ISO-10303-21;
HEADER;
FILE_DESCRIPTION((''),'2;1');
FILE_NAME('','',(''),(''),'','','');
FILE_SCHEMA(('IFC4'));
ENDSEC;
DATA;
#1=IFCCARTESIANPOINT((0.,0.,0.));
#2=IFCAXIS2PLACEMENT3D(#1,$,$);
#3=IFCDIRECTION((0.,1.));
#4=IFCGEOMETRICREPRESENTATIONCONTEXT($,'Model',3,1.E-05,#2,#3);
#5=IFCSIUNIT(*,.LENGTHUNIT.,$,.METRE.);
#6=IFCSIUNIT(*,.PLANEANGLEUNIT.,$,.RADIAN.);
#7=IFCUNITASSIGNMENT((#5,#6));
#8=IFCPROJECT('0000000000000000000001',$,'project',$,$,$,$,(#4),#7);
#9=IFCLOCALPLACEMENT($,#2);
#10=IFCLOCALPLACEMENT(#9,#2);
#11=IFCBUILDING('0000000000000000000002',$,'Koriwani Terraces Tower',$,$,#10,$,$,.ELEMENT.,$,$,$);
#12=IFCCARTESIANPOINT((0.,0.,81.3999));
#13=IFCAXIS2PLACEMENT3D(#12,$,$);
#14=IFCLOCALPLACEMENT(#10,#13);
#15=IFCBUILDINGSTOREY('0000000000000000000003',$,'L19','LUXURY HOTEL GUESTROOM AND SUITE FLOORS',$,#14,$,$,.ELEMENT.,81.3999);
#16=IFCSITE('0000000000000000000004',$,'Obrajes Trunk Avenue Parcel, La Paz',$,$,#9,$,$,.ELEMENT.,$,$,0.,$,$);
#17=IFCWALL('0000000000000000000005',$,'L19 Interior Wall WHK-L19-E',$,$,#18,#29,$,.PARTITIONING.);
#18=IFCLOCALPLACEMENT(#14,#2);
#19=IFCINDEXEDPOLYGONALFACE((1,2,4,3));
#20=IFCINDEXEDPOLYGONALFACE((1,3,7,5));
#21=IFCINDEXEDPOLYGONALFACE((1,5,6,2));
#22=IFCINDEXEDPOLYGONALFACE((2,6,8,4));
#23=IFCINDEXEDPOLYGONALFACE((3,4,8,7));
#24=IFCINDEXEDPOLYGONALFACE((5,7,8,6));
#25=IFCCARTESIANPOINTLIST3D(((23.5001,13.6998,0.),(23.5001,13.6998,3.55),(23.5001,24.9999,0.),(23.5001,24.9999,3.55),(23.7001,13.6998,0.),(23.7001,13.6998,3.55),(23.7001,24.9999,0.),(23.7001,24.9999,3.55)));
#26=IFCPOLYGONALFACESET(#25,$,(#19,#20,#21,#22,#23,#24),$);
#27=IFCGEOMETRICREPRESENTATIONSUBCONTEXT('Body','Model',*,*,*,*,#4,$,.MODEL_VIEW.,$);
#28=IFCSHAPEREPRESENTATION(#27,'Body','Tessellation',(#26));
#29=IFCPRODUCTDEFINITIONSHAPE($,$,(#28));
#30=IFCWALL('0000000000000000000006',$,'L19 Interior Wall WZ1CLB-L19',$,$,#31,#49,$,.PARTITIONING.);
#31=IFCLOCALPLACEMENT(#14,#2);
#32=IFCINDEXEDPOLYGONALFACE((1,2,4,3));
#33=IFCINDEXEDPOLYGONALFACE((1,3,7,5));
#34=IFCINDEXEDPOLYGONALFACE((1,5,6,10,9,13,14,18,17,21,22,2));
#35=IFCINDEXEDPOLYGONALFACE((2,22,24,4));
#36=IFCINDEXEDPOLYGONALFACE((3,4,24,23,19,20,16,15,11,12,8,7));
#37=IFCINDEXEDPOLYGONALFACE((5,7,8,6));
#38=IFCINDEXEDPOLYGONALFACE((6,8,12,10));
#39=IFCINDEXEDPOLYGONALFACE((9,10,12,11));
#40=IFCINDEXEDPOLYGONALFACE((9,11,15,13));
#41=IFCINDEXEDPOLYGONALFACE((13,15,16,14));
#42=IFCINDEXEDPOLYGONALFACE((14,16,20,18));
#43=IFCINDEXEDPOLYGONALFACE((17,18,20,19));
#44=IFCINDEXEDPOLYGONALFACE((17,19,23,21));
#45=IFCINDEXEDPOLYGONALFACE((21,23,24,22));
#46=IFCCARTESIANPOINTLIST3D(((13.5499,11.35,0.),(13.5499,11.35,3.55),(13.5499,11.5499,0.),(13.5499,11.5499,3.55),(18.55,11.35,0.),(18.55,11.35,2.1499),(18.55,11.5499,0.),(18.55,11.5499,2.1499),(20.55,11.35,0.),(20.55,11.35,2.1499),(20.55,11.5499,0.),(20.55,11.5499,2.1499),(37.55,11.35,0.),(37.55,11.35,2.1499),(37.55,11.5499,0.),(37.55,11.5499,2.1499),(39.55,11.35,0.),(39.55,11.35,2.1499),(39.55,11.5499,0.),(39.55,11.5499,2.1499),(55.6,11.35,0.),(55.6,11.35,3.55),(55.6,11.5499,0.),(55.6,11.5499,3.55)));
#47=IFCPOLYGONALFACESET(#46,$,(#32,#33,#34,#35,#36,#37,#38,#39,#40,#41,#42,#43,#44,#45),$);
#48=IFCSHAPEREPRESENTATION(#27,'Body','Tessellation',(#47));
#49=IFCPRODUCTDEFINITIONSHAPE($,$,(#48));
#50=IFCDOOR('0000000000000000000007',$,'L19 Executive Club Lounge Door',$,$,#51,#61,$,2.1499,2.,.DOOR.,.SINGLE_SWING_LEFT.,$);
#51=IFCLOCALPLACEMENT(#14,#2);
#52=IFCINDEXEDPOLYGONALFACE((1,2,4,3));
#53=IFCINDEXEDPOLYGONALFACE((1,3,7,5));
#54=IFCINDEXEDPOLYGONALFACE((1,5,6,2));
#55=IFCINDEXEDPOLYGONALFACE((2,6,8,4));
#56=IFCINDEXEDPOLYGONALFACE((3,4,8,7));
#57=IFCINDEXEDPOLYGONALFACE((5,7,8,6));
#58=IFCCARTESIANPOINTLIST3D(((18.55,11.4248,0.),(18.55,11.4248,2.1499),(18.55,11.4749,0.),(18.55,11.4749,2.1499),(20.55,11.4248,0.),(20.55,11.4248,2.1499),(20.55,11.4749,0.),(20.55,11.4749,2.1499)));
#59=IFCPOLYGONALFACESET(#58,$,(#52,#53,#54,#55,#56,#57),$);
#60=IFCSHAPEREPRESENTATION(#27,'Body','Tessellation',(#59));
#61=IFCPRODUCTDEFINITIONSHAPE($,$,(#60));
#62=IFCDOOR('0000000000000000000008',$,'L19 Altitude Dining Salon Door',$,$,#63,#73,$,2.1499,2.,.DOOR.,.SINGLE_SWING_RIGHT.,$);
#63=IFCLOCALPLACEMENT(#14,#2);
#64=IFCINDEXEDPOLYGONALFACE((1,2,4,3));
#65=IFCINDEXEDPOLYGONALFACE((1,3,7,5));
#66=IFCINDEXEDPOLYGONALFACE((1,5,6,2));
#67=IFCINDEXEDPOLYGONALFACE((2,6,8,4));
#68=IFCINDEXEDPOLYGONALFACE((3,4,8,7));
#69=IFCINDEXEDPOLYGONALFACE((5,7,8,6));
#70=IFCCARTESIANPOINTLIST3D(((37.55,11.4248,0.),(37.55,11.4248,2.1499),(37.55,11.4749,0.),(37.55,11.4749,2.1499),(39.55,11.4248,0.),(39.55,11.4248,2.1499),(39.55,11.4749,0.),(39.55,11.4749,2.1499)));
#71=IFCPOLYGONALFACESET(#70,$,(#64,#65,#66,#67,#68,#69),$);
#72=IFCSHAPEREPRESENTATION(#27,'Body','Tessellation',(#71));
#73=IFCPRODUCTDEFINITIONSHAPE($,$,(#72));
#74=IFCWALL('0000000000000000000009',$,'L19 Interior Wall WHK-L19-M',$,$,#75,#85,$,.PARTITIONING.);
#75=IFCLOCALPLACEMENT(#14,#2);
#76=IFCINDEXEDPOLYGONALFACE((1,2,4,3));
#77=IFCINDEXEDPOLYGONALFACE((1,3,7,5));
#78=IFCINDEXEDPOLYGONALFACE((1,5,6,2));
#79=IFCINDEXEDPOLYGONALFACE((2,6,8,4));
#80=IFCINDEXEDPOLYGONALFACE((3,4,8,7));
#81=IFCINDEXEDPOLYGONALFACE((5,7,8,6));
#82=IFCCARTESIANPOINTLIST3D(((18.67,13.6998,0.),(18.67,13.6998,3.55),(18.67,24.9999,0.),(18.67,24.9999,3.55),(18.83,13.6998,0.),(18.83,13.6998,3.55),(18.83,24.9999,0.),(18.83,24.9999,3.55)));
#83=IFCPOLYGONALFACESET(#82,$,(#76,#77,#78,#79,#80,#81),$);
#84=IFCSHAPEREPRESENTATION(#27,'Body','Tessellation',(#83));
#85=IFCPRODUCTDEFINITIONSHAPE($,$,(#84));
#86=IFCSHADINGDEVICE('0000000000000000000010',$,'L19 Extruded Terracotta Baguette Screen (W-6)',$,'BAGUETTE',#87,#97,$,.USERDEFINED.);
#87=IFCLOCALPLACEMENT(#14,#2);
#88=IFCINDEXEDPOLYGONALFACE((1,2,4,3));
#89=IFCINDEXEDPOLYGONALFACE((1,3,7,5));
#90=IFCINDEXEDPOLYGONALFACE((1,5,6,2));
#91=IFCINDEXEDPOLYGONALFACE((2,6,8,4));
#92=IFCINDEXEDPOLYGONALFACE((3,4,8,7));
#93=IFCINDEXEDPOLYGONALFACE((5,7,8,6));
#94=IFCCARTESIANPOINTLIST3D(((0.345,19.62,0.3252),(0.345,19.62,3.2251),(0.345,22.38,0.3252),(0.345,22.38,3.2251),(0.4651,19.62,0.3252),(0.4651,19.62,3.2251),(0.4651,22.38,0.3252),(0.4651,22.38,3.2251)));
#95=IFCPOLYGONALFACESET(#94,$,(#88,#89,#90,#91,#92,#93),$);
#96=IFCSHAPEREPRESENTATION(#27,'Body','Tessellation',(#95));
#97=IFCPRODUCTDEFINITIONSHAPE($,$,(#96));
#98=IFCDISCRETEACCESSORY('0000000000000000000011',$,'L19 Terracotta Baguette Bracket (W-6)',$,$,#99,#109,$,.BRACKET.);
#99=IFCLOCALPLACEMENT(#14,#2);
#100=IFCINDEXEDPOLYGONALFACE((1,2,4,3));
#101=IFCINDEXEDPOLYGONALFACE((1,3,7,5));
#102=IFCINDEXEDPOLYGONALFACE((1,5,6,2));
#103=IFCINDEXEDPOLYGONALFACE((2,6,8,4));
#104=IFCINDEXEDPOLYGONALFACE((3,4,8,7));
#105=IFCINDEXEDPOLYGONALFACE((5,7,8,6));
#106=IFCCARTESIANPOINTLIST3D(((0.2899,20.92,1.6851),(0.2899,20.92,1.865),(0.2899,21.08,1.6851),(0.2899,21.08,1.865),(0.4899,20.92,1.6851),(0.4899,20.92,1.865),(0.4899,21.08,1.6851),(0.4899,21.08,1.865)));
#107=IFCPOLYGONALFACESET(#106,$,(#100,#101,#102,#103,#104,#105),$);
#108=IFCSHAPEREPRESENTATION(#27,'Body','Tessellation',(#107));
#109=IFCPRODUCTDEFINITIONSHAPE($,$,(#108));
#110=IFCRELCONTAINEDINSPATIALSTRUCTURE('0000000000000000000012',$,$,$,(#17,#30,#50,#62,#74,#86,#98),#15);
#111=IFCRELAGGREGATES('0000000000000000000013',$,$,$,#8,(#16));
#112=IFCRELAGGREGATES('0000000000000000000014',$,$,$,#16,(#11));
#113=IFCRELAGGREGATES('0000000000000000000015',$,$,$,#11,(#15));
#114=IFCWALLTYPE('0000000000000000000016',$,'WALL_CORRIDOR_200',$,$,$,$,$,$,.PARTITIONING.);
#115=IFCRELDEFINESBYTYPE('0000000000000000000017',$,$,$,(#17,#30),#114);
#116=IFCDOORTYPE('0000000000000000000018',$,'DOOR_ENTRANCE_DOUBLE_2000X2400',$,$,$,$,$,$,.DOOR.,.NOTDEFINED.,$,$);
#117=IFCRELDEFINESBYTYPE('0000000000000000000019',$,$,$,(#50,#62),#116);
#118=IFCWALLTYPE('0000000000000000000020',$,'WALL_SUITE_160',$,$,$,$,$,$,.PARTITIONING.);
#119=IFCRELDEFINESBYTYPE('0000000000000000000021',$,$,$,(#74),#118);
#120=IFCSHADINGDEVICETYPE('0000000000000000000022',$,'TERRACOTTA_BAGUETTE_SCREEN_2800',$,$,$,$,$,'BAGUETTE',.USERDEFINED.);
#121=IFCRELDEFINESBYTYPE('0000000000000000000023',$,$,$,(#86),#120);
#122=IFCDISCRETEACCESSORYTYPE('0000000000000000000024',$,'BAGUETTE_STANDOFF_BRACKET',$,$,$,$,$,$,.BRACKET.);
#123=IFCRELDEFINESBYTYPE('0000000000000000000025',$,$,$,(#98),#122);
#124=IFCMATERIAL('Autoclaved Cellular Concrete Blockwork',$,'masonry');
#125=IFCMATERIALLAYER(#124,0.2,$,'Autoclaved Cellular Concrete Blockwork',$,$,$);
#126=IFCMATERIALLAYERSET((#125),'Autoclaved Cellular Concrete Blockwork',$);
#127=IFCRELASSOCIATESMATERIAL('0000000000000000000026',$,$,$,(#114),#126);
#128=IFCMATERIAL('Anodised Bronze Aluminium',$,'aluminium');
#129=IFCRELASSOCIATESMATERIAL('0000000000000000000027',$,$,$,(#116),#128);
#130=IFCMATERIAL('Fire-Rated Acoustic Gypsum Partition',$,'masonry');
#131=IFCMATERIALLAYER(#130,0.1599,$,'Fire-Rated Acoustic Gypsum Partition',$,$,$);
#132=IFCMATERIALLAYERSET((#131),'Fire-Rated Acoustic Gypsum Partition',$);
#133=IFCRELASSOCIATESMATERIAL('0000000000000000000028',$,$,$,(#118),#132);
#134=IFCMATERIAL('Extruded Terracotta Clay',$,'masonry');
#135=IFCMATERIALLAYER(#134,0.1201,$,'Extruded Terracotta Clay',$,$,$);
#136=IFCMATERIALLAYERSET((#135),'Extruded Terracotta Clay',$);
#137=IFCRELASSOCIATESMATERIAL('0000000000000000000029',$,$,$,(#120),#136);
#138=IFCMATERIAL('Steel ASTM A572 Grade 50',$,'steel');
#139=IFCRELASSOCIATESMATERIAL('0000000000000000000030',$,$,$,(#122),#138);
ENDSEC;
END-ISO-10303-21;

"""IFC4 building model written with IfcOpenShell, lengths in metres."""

from ifc_helpers import new_model, si_unit, direction, frame, frame_2d, origin, origin_2d, place, context, subcontext, project, spatial, rectangle, extrude, material, layer, layer_set, type_object, element, fill, save


model = new_model("IFC4")

# Units and contexts
model_context = context("Model", 3, precision=1e-05, world=origin(), true_north=direction((0.0, 1.0)))
body_context = subcontext(model_context, "Body", "Model", "MODEL_VIEW")
ifc_project = project(units=[si_unit("LENGTHUNIT", "METRE"), si_unit("PLANEANGLEUNIT", "RADIAN")], contexts=[model_context])

# Site, building, storey
site_placement = place(None, origin())
site = spatial("IfcSite", under=ifc_project, at=site_placement, Name="Obrajes Trunk Avenue Parcel, La Paz", CompositionType="ELEMENT", RefElevation=0.0)
building_placement = place(site_placement, origin())
building = spatial("IfcBuilding", under=site, at=building_placement, Name="Koriwani Terraces Tower", CompositionType="ELEMENT")
storey_placement = place(building_placement, frame((0.0, 0.0, 81.3999)))
storey = spatial("IfcBuildingStorey", under=building, at=storey_placement, Name="L19", Description="LUXURY HOTEL GUESTROOM AND SUITE FLOORS", CompositionType="ELEMENT", Elevation=81.3999)

# Shared definitions
ifc_material_1 = material(Name="Steel ASTM A572 Grade 50", Category="steel")

# Shared definitions
ifc_material_2 = material(Name="Autoclaved Cellular Concrete Blockwork", Category="masonry")
ifc_layer_1 = layer(ifc_material_2, 0.2, Name="Autoclaved Cellular Concrete Blockwork")
ifc_layer_set_1 = layer_set([ifc_layer_1], Name="Autoclaved Cellular Concrete Blockwork")
wall_type_1 = type_object("IfcWallType", Name="WALL_CORRIDOR_200", PredefinedType="PARTITIONING", material=ifc_layer_set_1)

# Wall
for number, where, z_axis, x_axis, name in (
    (1, (23.6001, 13.7, 0.0), (0.0, 0.0, 1.0), (0.0, 1.0, 0.0), "L19 Interior Wall WHK-L19-E"),
):
    element("IfcWall", number, at=place(storey_placement, frame(where, z_axis=z_axis, x_axis=x_axis)), inside=storey, type_object=wall_type_1, Name=name, PredefinedType="PARTITIONING", context=body_context, shape_type="SweptSolid", body=[
        extrude(rectangle(XDim=11.3, YDim=0.2, at=frame_2d((5.6499, 0.0))), origin(), (0.0, 0.0, 1.0), 3.55),
    ])

# Wall, openings, doors
wall_1_placement = place(storey_placement, frame((13.55, 11.45, 0.0), z_axis=(0.0, 0.0, 1.0), x_axis=(1.0, 0.0, 0.0)))
wall_1 = element("IfcWall", 2, at=wall_1_placement, inside=storey, type_object=wall_type_1, Name="L19 Interior Wall WZ1CLB-L19", PredefinedType="PARTITIONING", context=body_context, shape_type="SweptSolid", body=[
    extrude(rectangle(XDim=42.05, YDim=0.2, at=frame_2d((21.0249, 0.0))), origin(), (0.0, 0.0, 1.0), 3.55),
])
opening_1_placement = place(wall_1_placement, frame((5.0, 0.0, 0.0)))
opening_1 = element("IfcOpeningElement", 3, at=opening_1_placement, cuts=wall_1, PredefinedType="OPENING", context=body_context, shape_type="SweptSolid", body=[
    extrude(rectangle(XDim=2.0, YDim=2.1499, at=frame_2d((1.0, 1.075))), frame((0.0, 0.1099, 0.0), z_axis=(0.0, -1.0, 0.0), x_axis=(1.0, 0.0, 0.0)), (0.0, 0.0, 1.0), 0.22),
])
opening_2_placement = place(wall_1_placement, frame((24.0, 0.0, 0.0)))
opening_2 = element("IfcOpeningElement", 4, at=opening_2_placement, cuts=wall_1, PredefinedType="OPENING", context=body_context, shape_type="SweptSolid", body=[
    extrude(rectangle(XDim=2.0, YDim=2.1499, at=frame_2d((1.0, 1.075))), frame((0.0, 0.1099, 0.0), z_axis=(0.0, -1.0, 0.0), x_axis=(1.0, 0.0, 0.0)), (0.0, 0.0, 1.0), 0.22),
])
ifc_material_3 = material(Name="Anodised Bronze Aluminium", Category="aluminium")
door_type_1 = type_object("IfcDoorType", Name="DOOR_ENTRANCE_DOUBLE_2000X2400", OperationType="NOTDEFINED", PredefinedType="DOOR", material=ifc_material_3)
door_1_placement = place(opening_1_placement, origin())
door_1 = element("IfcDoor", 5, at=door_1_placement, inside=storey, type_object=door_type_1, Name="L19 Executive Club Lounge Door", OperationType="SINGLE_SWING_LEFT", OverallHeight=2.1499, OverallWidth=2.0, PredefinedType="DOOR", context=body_context, shape_type="SweptSolid", body=[
    extrude(rectangle(XDim=2.0, YDim=2.1499, at=frame_2d((1.0, 1.075))), frame((0.0, 0.0249, 0.0), z_axis=(0.0, -1.0, 0.0), x_axis=(1.0, 0.0, 0.0)), (0.0, 0.0, 1.0), 0.05),
])
fill(opening_1, door_1)
door_2_placement = place(opening_2_placement, origin())
door_2 = element("IfcDoor", 6, at=door_2_placement, inside=storey, type_object=door_type_1, Name="L19 Altitude Dining Salon Door", OperationType="SINGLE_SWING_RIGHT", OverallHeight=2.1499, OverallWidth=2.0, PredefinedType="DOOR", context=body_context, shape_type="SweptSolid", body=[
    extrude(rectangle(XDim=2.0, YDim=2.1499, at=frame_2d((1.0, 1.075))), frame((0.0, 0.0249, 0.0), z_axis=(0.0, -1.0, 0.0), x_axis=(1.0, 0.0, 0.0)), (0.0, 0.0, 1.0), 0.05),
])
fill(opening_2, door_2)

# Wall
ifc_material_4 = material(Name="Fire-Rated Acoustic Gypsum Partition", Category="masonry")
ifc_layer_2 = layer(ifc_material_4, 0.1599, Name="Fire-Rated Acoustic Gypsum Partition")
ifc_layer_set_2 = layer_set([ifc_layer_2], Name="Fire-Rated Acoustic Gypsum Partition")
wall_type_2 = type_object("IfcWallType", Name="WALL_SUITE_160", PredefinedType="PARTITIONING", material=ifc_layer_set_2)
wall_2_placement = place(storey_placement, frame((18.75, 13.7, 0.0), z_axis=(0.0, 0.0, 1.0), x_axis=(0.0, 1.0, 0.0)))
element("IfcWall", 7, at=wall_2_placement, inside=storey, type_object=wall_type_2, Name="L19 Interior Wall WHK-L19-M", PredefinedType="PARTITIONING", context=body_context, shape_type="SweptSolid", body=[
    extrude(rectangle(XDim=11.3, YDim=0.1599, at=frame_2d((5.6499, 0.0))), origin(), (0.0, 0.0, 1.0), 3.55),
])

# Shading device
ifc_material_5 = material(Name="Extruded Terracotta Clay", Category="masonry")
ifc_layer_3 = layer(ifc_material_5, 0.1201, Name="Extruded Terracotta Clay")
ifc_layer_set_3 = layer_set([ifc_layer_3], Name="Extruded Terracotta Clay")
shading_device_type = type_object("IfcShadingDeviceType", Name="TERRACOTTA_BAGUETTE_SCREEN_2800", ElementType="BAGUETTE", PredefinedType="USERDEFINED", material=ifc_layer_set_3)
shading_device_placement = place(storey_placement, frame((0.405, 21.0, 0.3252), z_axis=(0.0, 0.0, 1.0), x_axis=(0.0, 1.0, 0.0)))
element("IfcShadingDevice", 8, at=shading_device_placement, inside=storey, type_object=shading_device_type, Name="L19 Extruded Terracotta Baguette Screen (W-6)", ObjectType="BAGUETTE", PredefinedType="USERDEFINED", context=body_context, shape_type="SweptSolid", body=[
    extrude(rectangle(XDim=2.76, YDim=0.1201, at=origin_2d()), origin(), (0.0, 0.0, 1.0), 2.8999),
])

# Discrete accessory
discrete_accessory_type = type_object("IfcDiscreteAccessoryType", Name="BAGUETTE_STANDOFF_BRACKET", PredefinedType="BRACKET", material=ifc_material_1)
discrete_accessory_placement = place(storey_placement, frame((0.3899, 21.0, 1.6851), z_axis=(0.0, 0.0, 1.0), x_axis=(0.0, 1.0, 0.0)))
element("IfcDiscreteAccessory", 9, at=discrete_accessory_placement, inside=storey, type_object=discrete_accessory_type, Name="L19 Terracotta Baguette Bracket (W-6)", PredefinedType="BRACKET", context=body_context, shape_type="SweptSolid", body=[
    extrude(rectangle(XDim=0.1599, YDim=0.2, at=origin_2d()), origin(), (0.0, 0.0, 1.0), 0.1799),
])

save(model, "model.ifc")
